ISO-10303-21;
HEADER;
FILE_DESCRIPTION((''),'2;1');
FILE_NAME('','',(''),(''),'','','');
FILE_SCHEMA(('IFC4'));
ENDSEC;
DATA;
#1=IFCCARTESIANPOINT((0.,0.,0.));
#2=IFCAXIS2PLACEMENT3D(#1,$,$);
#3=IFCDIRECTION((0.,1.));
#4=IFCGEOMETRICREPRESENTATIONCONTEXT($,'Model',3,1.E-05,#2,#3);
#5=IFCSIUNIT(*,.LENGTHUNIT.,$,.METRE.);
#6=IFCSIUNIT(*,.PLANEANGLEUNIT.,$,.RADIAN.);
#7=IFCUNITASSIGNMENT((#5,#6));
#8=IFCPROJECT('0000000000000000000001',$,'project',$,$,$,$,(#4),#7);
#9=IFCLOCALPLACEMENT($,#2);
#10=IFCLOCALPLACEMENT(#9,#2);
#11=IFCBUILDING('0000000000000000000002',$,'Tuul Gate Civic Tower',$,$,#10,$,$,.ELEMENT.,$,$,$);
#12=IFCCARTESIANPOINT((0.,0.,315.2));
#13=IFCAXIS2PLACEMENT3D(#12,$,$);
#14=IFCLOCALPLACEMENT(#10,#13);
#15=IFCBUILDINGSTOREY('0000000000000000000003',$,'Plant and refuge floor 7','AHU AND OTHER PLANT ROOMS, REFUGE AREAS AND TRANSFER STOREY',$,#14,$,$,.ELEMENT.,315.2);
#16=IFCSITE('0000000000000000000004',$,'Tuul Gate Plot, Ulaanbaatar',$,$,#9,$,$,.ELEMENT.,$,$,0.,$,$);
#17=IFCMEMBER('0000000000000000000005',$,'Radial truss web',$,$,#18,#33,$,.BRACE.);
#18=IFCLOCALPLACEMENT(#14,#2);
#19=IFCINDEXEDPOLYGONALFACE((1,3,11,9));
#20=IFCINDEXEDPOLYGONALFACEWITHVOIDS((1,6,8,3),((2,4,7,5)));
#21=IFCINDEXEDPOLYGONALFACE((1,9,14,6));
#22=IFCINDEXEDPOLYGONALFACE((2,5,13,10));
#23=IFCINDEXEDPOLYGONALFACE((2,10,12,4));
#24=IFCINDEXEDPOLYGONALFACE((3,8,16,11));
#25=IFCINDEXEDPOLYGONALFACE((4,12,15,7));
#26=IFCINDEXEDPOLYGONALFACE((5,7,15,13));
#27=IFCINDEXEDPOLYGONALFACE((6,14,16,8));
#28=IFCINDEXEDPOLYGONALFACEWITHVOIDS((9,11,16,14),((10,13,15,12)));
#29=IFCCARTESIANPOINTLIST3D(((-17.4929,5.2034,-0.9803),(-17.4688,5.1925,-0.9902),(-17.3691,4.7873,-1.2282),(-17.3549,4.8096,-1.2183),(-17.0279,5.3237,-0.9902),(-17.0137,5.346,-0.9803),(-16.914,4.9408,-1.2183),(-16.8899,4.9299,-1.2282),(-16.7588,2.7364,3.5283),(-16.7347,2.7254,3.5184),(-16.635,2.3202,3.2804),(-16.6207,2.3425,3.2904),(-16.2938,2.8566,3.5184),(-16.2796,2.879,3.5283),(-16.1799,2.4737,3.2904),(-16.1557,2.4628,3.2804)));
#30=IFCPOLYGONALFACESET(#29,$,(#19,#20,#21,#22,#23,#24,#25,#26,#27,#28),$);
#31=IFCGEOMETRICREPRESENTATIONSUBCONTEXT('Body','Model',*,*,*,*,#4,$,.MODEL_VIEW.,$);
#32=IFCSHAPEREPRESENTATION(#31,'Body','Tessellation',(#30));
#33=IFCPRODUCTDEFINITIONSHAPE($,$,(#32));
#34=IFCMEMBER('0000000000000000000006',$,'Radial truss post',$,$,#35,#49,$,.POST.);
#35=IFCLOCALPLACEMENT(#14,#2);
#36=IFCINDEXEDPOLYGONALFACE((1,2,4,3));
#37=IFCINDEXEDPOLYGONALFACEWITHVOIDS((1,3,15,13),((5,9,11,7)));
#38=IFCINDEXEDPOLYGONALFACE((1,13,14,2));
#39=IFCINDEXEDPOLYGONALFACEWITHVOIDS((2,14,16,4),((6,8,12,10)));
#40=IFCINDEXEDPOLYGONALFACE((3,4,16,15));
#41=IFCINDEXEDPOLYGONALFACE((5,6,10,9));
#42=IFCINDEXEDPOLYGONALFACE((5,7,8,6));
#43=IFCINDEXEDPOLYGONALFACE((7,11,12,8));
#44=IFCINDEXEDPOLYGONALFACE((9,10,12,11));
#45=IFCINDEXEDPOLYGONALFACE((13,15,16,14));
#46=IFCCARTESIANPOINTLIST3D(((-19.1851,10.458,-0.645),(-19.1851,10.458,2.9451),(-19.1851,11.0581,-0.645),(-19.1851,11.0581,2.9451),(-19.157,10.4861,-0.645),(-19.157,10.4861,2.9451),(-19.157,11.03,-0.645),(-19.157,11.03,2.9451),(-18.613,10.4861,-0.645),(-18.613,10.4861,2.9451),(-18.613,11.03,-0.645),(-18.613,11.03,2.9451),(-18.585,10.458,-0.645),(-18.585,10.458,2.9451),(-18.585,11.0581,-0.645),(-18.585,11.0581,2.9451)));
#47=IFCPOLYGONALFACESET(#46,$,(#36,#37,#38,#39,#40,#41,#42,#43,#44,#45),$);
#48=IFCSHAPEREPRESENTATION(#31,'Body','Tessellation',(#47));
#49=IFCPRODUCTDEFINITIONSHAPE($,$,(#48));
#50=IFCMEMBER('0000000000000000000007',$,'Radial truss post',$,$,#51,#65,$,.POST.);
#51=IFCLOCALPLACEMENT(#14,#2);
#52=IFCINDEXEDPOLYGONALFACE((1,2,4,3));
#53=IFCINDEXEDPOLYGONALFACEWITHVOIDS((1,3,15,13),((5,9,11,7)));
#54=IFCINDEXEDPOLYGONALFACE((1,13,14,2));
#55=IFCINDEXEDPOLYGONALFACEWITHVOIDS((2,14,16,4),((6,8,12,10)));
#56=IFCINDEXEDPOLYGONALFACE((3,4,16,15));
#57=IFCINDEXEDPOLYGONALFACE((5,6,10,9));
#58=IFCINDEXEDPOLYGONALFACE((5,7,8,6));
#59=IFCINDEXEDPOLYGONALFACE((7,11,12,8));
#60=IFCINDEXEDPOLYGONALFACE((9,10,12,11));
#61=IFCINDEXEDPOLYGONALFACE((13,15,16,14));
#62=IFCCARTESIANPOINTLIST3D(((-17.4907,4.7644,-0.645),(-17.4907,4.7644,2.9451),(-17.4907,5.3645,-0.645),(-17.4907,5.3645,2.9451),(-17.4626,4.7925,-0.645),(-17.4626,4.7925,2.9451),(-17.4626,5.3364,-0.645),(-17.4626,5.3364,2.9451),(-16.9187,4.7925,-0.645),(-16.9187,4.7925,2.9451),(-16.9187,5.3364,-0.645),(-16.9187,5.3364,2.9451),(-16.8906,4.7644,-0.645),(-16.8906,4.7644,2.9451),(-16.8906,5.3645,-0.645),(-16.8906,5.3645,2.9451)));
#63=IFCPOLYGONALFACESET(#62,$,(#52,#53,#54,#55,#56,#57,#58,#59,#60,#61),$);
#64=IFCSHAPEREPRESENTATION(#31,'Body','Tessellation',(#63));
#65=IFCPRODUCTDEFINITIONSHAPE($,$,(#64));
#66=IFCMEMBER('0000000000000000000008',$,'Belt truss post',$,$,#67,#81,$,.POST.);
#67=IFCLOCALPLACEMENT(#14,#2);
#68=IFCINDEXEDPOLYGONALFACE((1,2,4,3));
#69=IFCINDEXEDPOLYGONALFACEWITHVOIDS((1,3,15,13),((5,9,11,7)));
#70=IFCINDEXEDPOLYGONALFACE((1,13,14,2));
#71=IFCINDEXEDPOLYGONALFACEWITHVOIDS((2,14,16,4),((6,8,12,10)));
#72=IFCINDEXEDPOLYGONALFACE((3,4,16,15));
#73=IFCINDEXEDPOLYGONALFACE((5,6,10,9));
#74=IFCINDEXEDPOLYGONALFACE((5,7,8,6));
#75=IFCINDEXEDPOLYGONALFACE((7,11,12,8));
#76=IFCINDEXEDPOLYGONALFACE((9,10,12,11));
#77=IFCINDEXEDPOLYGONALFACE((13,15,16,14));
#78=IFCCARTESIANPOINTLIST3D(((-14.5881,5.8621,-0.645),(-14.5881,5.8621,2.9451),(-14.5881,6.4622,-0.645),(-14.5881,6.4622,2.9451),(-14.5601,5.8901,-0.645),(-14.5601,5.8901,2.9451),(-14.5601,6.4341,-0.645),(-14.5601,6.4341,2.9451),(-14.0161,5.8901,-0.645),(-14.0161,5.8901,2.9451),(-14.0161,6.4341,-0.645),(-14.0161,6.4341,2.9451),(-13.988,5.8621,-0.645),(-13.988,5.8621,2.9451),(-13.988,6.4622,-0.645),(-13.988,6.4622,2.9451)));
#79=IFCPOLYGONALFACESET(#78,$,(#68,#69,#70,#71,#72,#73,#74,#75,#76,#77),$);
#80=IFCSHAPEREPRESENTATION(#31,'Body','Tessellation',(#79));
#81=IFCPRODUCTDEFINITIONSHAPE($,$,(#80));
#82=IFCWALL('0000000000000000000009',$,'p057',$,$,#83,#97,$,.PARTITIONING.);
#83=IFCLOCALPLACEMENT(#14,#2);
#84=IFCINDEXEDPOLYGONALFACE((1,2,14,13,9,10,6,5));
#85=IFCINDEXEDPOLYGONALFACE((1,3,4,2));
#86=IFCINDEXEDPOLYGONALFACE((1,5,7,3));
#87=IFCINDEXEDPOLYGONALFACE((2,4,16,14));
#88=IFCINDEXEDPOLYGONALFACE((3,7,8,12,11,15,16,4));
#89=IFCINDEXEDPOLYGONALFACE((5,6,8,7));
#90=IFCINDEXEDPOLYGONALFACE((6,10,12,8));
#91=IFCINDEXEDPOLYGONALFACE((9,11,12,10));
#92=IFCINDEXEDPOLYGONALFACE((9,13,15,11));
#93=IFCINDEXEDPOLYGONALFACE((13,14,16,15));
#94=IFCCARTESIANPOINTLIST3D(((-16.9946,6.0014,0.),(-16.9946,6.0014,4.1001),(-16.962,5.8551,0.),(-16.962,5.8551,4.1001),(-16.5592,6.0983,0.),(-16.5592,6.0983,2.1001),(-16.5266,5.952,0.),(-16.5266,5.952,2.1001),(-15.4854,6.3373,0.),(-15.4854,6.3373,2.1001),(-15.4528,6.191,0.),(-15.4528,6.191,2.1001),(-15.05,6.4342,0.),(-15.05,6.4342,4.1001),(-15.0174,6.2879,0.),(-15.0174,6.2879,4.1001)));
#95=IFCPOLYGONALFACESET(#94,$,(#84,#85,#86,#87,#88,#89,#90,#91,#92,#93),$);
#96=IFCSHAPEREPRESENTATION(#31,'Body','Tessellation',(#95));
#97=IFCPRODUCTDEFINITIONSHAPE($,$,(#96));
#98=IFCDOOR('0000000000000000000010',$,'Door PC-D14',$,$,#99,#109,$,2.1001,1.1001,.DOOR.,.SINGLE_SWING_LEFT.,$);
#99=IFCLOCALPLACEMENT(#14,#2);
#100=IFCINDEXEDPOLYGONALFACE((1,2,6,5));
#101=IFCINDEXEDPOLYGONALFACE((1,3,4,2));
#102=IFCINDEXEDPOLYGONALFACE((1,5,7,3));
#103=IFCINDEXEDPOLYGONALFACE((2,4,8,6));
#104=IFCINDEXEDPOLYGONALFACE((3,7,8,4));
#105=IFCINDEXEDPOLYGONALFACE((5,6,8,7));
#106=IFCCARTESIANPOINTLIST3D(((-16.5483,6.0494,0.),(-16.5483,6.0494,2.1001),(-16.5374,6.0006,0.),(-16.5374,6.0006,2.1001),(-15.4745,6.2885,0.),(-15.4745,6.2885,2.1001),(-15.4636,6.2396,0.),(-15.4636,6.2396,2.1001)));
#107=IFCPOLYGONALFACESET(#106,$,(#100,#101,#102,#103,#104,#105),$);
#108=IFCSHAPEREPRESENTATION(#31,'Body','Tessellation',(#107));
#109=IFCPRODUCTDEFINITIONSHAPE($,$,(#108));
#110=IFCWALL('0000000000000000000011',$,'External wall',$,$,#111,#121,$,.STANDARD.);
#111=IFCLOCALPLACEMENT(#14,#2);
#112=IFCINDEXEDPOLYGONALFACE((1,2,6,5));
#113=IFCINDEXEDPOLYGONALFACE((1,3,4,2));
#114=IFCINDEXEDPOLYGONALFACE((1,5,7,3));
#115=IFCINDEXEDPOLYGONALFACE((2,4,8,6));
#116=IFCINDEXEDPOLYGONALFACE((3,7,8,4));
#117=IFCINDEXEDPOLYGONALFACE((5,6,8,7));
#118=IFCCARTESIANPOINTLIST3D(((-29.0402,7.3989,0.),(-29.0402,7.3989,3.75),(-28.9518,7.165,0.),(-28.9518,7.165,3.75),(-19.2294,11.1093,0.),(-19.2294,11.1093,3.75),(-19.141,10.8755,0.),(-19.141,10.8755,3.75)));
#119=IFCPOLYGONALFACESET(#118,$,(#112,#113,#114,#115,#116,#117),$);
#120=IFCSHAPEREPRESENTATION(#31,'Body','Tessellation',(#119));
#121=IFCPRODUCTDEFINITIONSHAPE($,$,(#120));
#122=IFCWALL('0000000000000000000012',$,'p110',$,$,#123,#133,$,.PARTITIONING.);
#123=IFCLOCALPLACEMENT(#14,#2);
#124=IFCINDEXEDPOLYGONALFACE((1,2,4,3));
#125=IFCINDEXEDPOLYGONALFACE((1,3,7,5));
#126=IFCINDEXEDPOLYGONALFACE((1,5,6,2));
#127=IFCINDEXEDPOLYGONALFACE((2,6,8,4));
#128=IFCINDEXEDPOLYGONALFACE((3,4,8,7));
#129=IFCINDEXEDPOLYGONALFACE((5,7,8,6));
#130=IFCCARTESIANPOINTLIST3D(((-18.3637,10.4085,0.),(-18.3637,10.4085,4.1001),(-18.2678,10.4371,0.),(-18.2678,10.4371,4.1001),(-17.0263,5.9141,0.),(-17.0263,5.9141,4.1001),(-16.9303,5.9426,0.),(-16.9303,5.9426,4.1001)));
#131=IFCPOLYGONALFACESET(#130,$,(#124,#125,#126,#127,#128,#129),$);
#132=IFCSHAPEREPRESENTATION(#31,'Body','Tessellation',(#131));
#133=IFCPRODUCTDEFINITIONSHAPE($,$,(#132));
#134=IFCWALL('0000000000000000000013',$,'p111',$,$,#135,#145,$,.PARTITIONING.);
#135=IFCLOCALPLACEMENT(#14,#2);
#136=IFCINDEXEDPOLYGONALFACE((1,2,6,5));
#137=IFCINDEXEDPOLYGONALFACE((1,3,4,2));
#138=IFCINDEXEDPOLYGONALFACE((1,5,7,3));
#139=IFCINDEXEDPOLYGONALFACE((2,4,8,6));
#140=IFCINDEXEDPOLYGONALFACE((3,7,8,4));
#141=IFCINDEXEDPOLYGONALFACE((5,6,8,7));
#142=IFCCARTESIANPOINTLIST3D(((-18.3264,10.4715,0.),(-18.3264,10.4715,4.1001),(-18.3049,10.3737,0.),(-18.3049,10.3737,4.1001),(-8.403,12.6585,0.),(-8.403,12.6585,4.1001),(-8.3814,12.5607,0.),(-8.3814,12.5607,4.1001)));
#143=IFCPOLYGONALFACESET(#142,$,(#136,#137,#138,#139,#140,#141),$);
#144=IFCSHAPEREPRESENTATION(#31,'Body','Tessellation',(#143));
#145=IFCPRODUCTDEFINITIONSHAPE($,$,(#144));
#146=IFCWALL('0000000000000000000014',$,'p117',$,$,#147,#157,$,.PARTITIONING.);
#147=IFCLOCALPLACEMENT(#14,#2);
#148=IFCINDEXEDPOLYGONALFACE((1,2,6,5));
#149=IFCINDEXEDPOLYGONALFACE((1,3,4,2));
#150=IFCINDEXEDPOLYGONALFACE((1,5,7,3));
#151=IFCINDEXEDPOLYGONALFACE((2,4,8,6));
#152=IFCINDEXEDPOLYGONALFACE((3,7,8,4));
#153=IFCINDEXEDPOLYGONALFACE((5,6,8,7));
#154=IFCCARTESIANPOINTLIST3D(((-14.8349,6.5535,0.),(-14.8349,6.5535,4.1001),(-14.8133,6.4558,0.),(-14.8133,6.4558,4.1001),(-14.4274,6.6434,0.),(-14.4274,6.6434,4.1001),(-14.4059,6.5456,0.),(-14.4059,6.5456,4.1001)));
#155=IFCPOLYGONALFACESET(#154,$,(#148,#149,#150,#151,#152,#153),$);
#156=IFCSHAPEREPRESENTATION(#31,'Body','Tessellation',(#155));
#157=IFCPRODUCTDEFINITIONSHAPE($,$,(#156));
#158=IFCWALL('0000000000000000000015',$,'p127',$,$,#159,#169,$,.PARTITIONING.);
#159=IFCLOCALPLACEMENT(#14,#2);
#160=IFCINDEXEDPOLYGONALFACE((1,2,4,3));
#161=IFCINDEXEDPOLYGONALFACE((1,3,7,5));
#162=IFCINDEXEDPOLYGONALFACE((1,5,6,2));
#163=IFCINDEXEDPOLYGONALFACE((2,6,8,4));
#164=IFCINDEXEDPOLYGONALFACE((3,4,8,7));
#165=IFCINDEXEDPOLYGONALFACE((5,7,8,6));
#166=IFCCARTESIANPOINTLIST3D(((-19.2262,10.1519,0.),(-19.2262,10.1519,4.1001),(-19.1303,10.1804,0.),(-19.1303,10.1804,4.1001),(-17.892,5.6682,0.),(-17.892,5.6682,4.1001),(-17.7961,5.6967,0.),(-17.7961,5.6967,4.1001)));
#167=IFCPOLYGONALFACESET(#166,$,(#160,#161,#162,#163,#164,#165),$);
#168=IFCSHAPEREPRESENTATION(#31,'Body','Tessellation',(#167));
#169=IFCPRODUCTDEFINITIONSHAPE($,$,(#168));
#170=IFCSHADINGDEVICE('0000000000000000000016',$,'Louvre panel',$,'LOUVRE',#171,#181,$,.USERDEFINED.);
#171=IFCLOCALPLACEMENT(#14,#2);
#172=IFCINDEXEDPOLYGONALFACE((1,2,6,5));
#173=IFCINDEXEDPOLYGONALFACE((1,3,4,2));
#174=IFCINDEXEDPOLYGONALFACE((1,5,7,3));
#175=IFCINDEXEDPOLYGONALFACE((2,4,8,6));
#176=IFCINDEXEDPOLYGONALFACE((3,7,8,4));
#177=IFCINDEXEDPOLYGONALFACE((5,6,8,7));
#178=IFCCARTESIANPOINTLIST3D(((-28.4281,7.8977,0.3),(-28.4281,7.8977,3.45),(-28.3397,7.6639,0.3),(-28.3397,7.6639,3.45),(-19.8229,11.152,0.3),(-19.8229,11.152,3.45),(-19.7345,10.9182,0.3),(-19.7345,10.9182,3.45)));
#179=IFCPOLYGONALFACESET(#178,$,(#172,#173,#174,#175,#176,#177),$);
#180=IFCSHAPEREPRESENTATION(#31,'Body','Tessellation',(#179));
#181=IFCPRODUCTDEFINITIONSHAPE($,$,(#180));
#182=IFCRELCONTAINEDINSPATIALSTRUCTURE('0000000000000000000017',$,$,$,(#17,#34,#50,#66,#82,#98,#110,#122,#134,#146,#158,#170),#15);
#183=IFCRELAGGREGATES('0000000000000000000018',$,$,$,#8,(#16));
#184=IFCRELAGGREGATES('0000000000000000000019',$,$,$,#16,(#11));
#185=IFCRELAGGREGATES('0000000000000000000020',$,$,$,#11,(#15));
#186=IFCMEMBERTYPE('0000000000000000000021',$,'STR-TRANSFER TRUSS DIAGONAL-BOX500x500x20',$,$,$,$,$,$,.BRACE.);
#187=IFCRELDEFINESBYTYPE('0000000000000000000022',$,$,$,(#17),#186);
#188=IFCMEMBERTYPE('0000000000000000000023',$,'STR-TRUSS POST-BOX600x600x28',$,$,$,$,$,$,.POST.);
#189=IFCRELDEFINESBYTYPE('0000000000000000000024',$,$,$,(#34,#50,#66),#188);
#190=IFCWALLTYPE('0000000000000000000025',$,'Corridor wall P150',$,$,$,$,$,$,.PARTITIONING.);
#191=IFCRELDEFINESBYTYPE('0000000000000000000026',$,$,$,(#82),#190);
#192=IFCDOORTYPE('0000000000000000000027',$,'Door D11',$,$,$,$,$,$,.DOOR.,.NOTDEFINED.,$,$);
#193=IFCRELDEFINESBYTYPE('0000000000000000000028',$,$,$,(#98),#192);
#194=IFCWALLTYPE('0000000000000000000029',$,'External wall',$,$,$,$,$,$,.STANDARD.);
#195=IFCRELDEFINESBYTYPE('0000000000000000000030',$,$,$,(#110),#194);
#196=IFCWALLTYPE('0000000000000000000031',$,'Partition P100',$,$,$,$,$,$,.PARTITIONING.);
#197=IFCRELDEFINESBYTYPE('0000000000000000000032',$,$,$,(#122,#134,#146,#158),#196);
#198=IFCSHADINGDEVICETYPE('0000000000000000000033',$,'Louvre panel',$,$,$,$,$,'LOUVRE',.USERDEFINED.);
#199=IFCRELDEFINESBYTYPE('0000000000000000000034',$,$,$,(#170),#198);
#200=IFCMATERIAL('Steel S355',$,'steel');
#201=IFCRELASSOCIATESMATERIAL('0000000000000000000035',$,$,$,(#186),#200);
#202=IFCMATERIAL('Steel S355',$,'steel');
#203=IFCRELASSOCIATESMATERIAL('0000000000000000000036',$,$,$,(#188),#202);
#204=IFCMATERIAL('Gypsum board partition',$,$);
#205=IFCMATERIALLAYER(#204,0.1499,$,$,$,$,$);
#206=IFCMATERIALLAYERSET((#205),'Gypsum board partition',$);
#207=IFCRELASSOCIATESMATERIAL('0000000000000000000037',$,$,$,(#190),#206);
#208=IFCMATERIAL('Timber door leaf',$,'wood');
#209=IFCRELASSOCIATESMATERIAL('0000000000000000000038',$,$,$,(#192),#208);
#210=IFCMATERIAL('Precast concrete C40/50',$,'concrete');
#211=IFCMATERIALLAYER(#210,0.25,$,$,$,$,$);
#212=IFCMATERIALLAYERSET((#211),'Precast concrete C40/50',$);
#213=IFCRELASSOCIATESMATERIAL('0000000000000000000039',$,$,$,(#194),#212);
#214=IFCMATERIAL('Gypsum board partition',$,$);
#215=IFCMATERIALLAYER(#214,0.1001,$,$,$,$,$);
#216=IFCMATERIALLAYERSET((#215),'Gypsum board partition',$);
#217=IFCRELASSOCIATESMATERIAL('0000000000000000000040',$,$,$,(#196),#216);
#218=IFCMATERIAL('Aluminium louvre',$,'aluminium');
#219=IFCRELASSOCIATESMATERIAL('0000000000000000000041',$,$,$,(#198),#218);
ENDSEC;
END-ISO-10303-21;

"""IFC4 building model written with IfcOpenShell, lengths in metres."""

from ifc_helpers import new_model, si_unit, direction, frame, frame_2d, origin, origin_2d, place, context, subcontext, project, spatial, rectangle, hollow_rectangle, extrude, material, layer, layer_set, material_profile, profile_set, type_object, element, fill, save


model = new_model("IFC4")

# Units and contexts
model_context = context("Model", 3, precision=1e-05, world=origin(), true_north=direction((0.0, 1.0)))
body_context = subcontext(model_context, "Body", "Model", "MODEL_VIEW")
ifc_project = project(units=[si_unit("LENGTHUNIT", "METRE"), si_unit("PLANEANGLEUNIT", "RADIAN")], contexts=[model_context])

# Site, building, storey
site_placement = place(None, origin())
site = spatial("IfcSite", under=ifc_project, at=site_placement, Name="Tuul Gate Plot, Ulaanbaatar", CompositionType="ELEMENT", RefElevation=0.0)
building_placement = place(site_placement, origin())
building = spatial("IfcBuilding", under=site, at=building_placement, Name="Tuul Gate Civic Tower", CompositionType="ELEMENT")
storey_placement = place(building_placement, frame((0.0, 0.0, 315.2)))
storey = spatial("IfcBuildingStorey", under=building, at=storey_placement, Name="Plant and refuge floor 7", Description="AHU AND OTHER PLANT ROOMS, REFUGE AREAS AND TRANSFER STOREY", CompositionType="ELEMENT", Elevation=315.2)

# Members
ifc_material_1 = material(Name="Steel S355", Category="steel")
ifc_material_profile_1 = material_profile(ifc_material_1, hollow_rectangle(XDim=0.5, YDim=0.5, WallThickness=0.02, at=origin_2d()), Name="BOX500x500x20")
ifc_profile_set_1 = profile_set([ifc_material_profile_1], Name="Steel S355")
member_type_1 = type_object("IfcMemberType", Name="STR-TRANSFER TRUSS DIAGONAL-BOX500x500x20", PredefinedType="BRACE", material=ifc_profile_set_1)
member_1_placement = place(storey_placement, frame((-17.1914, 5.0667, -1.1042), z_axis=(0.141409, -0.475203, 0.868439), x_axis=(0.958464, 0.285215, 0.0)))
element("IfcMember", 1, at=member_1_placement, inside=storey, type_object=member_type_1, Name="Radial truss web", PredefinedType="BRACE", context=body_context, shape_type="SweptSolid", body=[
    extrude(hollow_rectangle(XDim=0.5, YDim=0.5, WallThickness=0.02, at=origin_2d()), origin(), (0.0, 0.0, 1.0), 5.1917),
])
ifc_material_2 = material(Name="Steel S355", Category="steel")
ifc_material_profile_2 = material_profile(ifc_material_2, hollow_rectangle(XDim=0.6001, YDim=0.6001, WallThickness=0.0281, at=origin_2d()), Name="BOX600x600x28")
ifc_profile_set_2 = profile_set([ifc_material_profile_2], Name="Steel S355")
member_type_2 = type_object("IfcMemberType", Name="STR-TRUSS POST-BOX600x600x28", PredefinedType="POST", material=ifc_profile_set_2)
for number, where, z_axis, x_axis, name in (
    (2, (-18.885, 10.7581, -0.645), (0.0, 0.0, 1.0), (1.0, 0.0, 0.0), "Radial truss post"),
    (3, (-17.1907, 5.0645, -0.645), (0.0, 0.0, 1.0), (1.0, 0.0, 0.0), "Radial truss post"),
    (4, (-14.2881, 6.1621, -0.645), (0.0, 0.0, 1.0), (1.0, 0.0, 0.0), "Belt truss post"),
):
    element("IfcMember", number, at=place(storey_placement, frame(where, z_axis=z_axis, x_axis=x_axis)), inside=storey, type_object=member_type_2, Name=name, PredefinedType="POST", context=body_context, shape_type="SweptSolid", body=[
        extrude(hollow_rectangle(XDim=0.6001, YDim=0.6001, WallThickness=0.0281, at=origin_2d()), origin(), (0.0, 0.0, 1.0), 3.5901),
    ])

# Wall, opening, door
ifc_material_3 = material(Name="Gypsum board partition")
ifc_layer_1 = layer(ifc_material_3, 0.1499)
ifc_layer_set_1 = layer_set([ifc_layer_1], Name="Gypsum board partition")
wall_type_1 = type_object("IfcWallType", Name="Corridor wall P150", PredefinedType="PARTITIONING", material=ifc_layer_set_1)
wall_1_placement = place(storey_placement, frame((-16.9783, 5.9282, 0.0), z_axis=(0.0, 0.0, 1.0), x_axis=(0.976109, 0.217281, 0.0)))
wall_1 = element("IfcWall", 5, at=wall_1_placement, inside=storey, type_object=wall_type_1, Name="p057", PredefinedType="PARTITIONING", context=body_context, shape_type="SweptSolid", body=[
    extrude(rectangle(XDim=1.9922, YDim=0.1499, at=frame_2d((0.9961, 0.0))), origin(), (0.0, 0.0, 1.0), 4.1001),
])
opening_placement = place(wall_1_placement, frame((0.446, 0.0, 0.0)))
opening = element("IfcOpeningElement", 6, at=opening_placement, cuts=wall_1, PredefinedType="OPENING", context=body_context, shape_type="SweptSolid", body=[
    extrude(rectangle(XDim=1.1001, YDim=2.1001, at=frame_2d((0.55, 1.05))), frame((0.0, 0.085, 0.0), z_axis=(0.0, -1.0, 0.0), x_axis=(1.0, 0.0, 0.0)), (0.0, 0.0, 1.0), 0.1699),
])
ifc_material_4 = material(Name="Timber door leaf", Category="wood")
door_type = type_object("IfcDoorType", Name="Door D11", OperationType="NOTDEFINED", PredefinedType="DOOR", material=ifc_material_4)
door_placement = place(opening_placement, origin())
door = element("IfcDoor", 7, at=door_placement, inside=storey, type_object=door_type, Name="Door PC-D14", OperationType="SINGLE_SWING_LEFT", OverallHeight=2.1001, OverallWidth=1.1001, PredefinedType="DOOR", context=body_context, shape_type="SweptSolid", body=[
    extrude(rectangle(XDim=1.1001, YDim=2.1001, at=frame_2d((0.55, 1.05))), frame((0.0, 0.0249, 0.0), z_axis=(0.0, -1.0, 0.0), x_axis=(1.0, 0.0, 0.0)), (0.0, 0.0, 1.0), 0.05),
])
fill(opening, door)

# Walls
ifc_material_5 = material(Name="Precast concrete C40/50", Category="concrete")
ifc_layer_2 = layer(ifc_material_5, 0.25)
ifc_layer_set_2 = layer_set([ifc_layer_2], Name="Precast concrete C40/50")
wall_type_2 = type_object("IfcWallType", Name="External wall", PredefinedType="STANDARD", material=ifc_layer_set_2)
wall_2_placement = place(storey_placement, frame((-19.1851, 10.9924, 0.0), z_axis=(0.0, 0.0, 1.0), x_axis=(-0.935341, -0.353747, 0.0)))
element("IfcWall", 8, at=wall_2_placement, inside=storey, type_object=wall_type_2, Name="External wall", PredefinedType="STANDARD", context=body_context, shape_type="SweptSolid", body=[
    extrude(rectangle(XDim=10.489, YDim=0.25, at=frame_2d((5.2446, 0.0))), origin(), (0.0, 0.0, 1.0), 3.75),
])
ifc_material_6 = material(Name="Gypsum board partition")
ifc_layer_3 = layer(ifc_material_6, 0.1001)
ifc_layer_set_3 = layer_set([ifc_layer_3], Name="Gypsum board partition")
wall_type_3 = type_object("IfcWallType", Name="Partition P100", PredefinedType="PARTITIONING", material=ifc_layer_set_3)
wall_3_placement = place(storey_placement, frame((-16.9783, 5.9282, 0.0), z_axis=(0.0, 0.0, 1.0), x_axis=(-0.285212, 0.958464, 0.0)))
element("IfcWall", 9, at=wall_3_placement, inside=storey, type_object=wall_type_3, Name="p110", PredefinedType="PARTITIONING", context=body_context, shape_type="SweptSolid", body=[
    extrude(rectangle(XDim=4.6892, YDim=0.1001, at=frame_2d((2.3447, 0.0))), origin(), (0.0, 0.0, 1.0), 4.1001),
])
wall_4_placement = place(storey_placement, frame((-18.3157, 10.4226, 0.0), z_axis=(0.0, 0.0, 1.0), x_axis=(0.976565, 0.215221, 0.0)))
element("IfcWall", 10, at=wall_4_placement, inside=storey, type_object=wall_type_3, Name="p111", PredefinedType="PARTITIONING", context=body_context, shape_type="SweptSolid", body=[
    extrude(rectangle(XDim=10.1616, YDim=0.1001, at=frame_2d((5.0808, 0.0))), origin(), (0.0, 0.0, 1.0), 4.1001),
])
wall_5_placement = place(storey_placement, frame((-14.4167, 6.5945, 0.0), z_axis=(0.0, 0.0, 1.0), x_axis=(-0.976544, -0.215319, 0.0)))
element("IfcWall", 11, at=wall_5_placement, inside=storey, type_object=wall_type_3, Name="p117", PredefinedType="PARTITIONING", context=body_context, shape_type="SweptSolid", body=[
    extrude(rectangle(XDim=0.4172, YDim=0.1001, at=frame_2d((0.2085, 0.0))), origin(), (0.0, 0.0, 1.0), 4.1001),
])
wall_6_placement = place(storey_placement, frame((-19.1782, 10.166, 0.0), z_axis=(0.0, 0.0, 1.0), x_axis=(0.285216, -0.958463, 0.0)))
element("IfcWall", 12, at=wall_6_placement, inside=storey, type_object=wall_type_3, Name="p127", PredefinedType="PARTITIONING", context=body_context, shape_type="SweptSolid", body=[
    extrude(rectangle(XDim=4.678, YDim=0.1001, at=frame_2d((2.3389, 0.0))), origin(), (0.0, 0.0, 1.0), 4.1001),
])

# Shading device
ifc_material_7 = material(Name="Aluminium louvre", Category="aluminium")
shading_device_type = type_object("IfcShadingDeviceType", Name="Louvre panel", ElementType="LOUVRE", PredefinedType="USERDEFINED", material=ifc_material_7)
shading_device_placement = place(storey_placement, frame((-24.0813, 9.408, 0.3), z_axis=(0.0, 0.0, 1.0), x_axis=(-0.353734, 0.935346, 0.0)))
element("IfcShadingDevice", 13, at=shading_device_placement, inside=storey, type_object=shading_device_type, Name="Louvre panel", ObjectType="LOUVRE", PredefinedType="USERDEFINED", context=body_context, shape_type="SweptSolid", body=[
    extrude(rectangle(XDim=0.25, YDim=9.2, at=origin_2d()), origin(), (0.0, 0.0, 1.0), 3.1499),
])

save(model, "model.ifc")
